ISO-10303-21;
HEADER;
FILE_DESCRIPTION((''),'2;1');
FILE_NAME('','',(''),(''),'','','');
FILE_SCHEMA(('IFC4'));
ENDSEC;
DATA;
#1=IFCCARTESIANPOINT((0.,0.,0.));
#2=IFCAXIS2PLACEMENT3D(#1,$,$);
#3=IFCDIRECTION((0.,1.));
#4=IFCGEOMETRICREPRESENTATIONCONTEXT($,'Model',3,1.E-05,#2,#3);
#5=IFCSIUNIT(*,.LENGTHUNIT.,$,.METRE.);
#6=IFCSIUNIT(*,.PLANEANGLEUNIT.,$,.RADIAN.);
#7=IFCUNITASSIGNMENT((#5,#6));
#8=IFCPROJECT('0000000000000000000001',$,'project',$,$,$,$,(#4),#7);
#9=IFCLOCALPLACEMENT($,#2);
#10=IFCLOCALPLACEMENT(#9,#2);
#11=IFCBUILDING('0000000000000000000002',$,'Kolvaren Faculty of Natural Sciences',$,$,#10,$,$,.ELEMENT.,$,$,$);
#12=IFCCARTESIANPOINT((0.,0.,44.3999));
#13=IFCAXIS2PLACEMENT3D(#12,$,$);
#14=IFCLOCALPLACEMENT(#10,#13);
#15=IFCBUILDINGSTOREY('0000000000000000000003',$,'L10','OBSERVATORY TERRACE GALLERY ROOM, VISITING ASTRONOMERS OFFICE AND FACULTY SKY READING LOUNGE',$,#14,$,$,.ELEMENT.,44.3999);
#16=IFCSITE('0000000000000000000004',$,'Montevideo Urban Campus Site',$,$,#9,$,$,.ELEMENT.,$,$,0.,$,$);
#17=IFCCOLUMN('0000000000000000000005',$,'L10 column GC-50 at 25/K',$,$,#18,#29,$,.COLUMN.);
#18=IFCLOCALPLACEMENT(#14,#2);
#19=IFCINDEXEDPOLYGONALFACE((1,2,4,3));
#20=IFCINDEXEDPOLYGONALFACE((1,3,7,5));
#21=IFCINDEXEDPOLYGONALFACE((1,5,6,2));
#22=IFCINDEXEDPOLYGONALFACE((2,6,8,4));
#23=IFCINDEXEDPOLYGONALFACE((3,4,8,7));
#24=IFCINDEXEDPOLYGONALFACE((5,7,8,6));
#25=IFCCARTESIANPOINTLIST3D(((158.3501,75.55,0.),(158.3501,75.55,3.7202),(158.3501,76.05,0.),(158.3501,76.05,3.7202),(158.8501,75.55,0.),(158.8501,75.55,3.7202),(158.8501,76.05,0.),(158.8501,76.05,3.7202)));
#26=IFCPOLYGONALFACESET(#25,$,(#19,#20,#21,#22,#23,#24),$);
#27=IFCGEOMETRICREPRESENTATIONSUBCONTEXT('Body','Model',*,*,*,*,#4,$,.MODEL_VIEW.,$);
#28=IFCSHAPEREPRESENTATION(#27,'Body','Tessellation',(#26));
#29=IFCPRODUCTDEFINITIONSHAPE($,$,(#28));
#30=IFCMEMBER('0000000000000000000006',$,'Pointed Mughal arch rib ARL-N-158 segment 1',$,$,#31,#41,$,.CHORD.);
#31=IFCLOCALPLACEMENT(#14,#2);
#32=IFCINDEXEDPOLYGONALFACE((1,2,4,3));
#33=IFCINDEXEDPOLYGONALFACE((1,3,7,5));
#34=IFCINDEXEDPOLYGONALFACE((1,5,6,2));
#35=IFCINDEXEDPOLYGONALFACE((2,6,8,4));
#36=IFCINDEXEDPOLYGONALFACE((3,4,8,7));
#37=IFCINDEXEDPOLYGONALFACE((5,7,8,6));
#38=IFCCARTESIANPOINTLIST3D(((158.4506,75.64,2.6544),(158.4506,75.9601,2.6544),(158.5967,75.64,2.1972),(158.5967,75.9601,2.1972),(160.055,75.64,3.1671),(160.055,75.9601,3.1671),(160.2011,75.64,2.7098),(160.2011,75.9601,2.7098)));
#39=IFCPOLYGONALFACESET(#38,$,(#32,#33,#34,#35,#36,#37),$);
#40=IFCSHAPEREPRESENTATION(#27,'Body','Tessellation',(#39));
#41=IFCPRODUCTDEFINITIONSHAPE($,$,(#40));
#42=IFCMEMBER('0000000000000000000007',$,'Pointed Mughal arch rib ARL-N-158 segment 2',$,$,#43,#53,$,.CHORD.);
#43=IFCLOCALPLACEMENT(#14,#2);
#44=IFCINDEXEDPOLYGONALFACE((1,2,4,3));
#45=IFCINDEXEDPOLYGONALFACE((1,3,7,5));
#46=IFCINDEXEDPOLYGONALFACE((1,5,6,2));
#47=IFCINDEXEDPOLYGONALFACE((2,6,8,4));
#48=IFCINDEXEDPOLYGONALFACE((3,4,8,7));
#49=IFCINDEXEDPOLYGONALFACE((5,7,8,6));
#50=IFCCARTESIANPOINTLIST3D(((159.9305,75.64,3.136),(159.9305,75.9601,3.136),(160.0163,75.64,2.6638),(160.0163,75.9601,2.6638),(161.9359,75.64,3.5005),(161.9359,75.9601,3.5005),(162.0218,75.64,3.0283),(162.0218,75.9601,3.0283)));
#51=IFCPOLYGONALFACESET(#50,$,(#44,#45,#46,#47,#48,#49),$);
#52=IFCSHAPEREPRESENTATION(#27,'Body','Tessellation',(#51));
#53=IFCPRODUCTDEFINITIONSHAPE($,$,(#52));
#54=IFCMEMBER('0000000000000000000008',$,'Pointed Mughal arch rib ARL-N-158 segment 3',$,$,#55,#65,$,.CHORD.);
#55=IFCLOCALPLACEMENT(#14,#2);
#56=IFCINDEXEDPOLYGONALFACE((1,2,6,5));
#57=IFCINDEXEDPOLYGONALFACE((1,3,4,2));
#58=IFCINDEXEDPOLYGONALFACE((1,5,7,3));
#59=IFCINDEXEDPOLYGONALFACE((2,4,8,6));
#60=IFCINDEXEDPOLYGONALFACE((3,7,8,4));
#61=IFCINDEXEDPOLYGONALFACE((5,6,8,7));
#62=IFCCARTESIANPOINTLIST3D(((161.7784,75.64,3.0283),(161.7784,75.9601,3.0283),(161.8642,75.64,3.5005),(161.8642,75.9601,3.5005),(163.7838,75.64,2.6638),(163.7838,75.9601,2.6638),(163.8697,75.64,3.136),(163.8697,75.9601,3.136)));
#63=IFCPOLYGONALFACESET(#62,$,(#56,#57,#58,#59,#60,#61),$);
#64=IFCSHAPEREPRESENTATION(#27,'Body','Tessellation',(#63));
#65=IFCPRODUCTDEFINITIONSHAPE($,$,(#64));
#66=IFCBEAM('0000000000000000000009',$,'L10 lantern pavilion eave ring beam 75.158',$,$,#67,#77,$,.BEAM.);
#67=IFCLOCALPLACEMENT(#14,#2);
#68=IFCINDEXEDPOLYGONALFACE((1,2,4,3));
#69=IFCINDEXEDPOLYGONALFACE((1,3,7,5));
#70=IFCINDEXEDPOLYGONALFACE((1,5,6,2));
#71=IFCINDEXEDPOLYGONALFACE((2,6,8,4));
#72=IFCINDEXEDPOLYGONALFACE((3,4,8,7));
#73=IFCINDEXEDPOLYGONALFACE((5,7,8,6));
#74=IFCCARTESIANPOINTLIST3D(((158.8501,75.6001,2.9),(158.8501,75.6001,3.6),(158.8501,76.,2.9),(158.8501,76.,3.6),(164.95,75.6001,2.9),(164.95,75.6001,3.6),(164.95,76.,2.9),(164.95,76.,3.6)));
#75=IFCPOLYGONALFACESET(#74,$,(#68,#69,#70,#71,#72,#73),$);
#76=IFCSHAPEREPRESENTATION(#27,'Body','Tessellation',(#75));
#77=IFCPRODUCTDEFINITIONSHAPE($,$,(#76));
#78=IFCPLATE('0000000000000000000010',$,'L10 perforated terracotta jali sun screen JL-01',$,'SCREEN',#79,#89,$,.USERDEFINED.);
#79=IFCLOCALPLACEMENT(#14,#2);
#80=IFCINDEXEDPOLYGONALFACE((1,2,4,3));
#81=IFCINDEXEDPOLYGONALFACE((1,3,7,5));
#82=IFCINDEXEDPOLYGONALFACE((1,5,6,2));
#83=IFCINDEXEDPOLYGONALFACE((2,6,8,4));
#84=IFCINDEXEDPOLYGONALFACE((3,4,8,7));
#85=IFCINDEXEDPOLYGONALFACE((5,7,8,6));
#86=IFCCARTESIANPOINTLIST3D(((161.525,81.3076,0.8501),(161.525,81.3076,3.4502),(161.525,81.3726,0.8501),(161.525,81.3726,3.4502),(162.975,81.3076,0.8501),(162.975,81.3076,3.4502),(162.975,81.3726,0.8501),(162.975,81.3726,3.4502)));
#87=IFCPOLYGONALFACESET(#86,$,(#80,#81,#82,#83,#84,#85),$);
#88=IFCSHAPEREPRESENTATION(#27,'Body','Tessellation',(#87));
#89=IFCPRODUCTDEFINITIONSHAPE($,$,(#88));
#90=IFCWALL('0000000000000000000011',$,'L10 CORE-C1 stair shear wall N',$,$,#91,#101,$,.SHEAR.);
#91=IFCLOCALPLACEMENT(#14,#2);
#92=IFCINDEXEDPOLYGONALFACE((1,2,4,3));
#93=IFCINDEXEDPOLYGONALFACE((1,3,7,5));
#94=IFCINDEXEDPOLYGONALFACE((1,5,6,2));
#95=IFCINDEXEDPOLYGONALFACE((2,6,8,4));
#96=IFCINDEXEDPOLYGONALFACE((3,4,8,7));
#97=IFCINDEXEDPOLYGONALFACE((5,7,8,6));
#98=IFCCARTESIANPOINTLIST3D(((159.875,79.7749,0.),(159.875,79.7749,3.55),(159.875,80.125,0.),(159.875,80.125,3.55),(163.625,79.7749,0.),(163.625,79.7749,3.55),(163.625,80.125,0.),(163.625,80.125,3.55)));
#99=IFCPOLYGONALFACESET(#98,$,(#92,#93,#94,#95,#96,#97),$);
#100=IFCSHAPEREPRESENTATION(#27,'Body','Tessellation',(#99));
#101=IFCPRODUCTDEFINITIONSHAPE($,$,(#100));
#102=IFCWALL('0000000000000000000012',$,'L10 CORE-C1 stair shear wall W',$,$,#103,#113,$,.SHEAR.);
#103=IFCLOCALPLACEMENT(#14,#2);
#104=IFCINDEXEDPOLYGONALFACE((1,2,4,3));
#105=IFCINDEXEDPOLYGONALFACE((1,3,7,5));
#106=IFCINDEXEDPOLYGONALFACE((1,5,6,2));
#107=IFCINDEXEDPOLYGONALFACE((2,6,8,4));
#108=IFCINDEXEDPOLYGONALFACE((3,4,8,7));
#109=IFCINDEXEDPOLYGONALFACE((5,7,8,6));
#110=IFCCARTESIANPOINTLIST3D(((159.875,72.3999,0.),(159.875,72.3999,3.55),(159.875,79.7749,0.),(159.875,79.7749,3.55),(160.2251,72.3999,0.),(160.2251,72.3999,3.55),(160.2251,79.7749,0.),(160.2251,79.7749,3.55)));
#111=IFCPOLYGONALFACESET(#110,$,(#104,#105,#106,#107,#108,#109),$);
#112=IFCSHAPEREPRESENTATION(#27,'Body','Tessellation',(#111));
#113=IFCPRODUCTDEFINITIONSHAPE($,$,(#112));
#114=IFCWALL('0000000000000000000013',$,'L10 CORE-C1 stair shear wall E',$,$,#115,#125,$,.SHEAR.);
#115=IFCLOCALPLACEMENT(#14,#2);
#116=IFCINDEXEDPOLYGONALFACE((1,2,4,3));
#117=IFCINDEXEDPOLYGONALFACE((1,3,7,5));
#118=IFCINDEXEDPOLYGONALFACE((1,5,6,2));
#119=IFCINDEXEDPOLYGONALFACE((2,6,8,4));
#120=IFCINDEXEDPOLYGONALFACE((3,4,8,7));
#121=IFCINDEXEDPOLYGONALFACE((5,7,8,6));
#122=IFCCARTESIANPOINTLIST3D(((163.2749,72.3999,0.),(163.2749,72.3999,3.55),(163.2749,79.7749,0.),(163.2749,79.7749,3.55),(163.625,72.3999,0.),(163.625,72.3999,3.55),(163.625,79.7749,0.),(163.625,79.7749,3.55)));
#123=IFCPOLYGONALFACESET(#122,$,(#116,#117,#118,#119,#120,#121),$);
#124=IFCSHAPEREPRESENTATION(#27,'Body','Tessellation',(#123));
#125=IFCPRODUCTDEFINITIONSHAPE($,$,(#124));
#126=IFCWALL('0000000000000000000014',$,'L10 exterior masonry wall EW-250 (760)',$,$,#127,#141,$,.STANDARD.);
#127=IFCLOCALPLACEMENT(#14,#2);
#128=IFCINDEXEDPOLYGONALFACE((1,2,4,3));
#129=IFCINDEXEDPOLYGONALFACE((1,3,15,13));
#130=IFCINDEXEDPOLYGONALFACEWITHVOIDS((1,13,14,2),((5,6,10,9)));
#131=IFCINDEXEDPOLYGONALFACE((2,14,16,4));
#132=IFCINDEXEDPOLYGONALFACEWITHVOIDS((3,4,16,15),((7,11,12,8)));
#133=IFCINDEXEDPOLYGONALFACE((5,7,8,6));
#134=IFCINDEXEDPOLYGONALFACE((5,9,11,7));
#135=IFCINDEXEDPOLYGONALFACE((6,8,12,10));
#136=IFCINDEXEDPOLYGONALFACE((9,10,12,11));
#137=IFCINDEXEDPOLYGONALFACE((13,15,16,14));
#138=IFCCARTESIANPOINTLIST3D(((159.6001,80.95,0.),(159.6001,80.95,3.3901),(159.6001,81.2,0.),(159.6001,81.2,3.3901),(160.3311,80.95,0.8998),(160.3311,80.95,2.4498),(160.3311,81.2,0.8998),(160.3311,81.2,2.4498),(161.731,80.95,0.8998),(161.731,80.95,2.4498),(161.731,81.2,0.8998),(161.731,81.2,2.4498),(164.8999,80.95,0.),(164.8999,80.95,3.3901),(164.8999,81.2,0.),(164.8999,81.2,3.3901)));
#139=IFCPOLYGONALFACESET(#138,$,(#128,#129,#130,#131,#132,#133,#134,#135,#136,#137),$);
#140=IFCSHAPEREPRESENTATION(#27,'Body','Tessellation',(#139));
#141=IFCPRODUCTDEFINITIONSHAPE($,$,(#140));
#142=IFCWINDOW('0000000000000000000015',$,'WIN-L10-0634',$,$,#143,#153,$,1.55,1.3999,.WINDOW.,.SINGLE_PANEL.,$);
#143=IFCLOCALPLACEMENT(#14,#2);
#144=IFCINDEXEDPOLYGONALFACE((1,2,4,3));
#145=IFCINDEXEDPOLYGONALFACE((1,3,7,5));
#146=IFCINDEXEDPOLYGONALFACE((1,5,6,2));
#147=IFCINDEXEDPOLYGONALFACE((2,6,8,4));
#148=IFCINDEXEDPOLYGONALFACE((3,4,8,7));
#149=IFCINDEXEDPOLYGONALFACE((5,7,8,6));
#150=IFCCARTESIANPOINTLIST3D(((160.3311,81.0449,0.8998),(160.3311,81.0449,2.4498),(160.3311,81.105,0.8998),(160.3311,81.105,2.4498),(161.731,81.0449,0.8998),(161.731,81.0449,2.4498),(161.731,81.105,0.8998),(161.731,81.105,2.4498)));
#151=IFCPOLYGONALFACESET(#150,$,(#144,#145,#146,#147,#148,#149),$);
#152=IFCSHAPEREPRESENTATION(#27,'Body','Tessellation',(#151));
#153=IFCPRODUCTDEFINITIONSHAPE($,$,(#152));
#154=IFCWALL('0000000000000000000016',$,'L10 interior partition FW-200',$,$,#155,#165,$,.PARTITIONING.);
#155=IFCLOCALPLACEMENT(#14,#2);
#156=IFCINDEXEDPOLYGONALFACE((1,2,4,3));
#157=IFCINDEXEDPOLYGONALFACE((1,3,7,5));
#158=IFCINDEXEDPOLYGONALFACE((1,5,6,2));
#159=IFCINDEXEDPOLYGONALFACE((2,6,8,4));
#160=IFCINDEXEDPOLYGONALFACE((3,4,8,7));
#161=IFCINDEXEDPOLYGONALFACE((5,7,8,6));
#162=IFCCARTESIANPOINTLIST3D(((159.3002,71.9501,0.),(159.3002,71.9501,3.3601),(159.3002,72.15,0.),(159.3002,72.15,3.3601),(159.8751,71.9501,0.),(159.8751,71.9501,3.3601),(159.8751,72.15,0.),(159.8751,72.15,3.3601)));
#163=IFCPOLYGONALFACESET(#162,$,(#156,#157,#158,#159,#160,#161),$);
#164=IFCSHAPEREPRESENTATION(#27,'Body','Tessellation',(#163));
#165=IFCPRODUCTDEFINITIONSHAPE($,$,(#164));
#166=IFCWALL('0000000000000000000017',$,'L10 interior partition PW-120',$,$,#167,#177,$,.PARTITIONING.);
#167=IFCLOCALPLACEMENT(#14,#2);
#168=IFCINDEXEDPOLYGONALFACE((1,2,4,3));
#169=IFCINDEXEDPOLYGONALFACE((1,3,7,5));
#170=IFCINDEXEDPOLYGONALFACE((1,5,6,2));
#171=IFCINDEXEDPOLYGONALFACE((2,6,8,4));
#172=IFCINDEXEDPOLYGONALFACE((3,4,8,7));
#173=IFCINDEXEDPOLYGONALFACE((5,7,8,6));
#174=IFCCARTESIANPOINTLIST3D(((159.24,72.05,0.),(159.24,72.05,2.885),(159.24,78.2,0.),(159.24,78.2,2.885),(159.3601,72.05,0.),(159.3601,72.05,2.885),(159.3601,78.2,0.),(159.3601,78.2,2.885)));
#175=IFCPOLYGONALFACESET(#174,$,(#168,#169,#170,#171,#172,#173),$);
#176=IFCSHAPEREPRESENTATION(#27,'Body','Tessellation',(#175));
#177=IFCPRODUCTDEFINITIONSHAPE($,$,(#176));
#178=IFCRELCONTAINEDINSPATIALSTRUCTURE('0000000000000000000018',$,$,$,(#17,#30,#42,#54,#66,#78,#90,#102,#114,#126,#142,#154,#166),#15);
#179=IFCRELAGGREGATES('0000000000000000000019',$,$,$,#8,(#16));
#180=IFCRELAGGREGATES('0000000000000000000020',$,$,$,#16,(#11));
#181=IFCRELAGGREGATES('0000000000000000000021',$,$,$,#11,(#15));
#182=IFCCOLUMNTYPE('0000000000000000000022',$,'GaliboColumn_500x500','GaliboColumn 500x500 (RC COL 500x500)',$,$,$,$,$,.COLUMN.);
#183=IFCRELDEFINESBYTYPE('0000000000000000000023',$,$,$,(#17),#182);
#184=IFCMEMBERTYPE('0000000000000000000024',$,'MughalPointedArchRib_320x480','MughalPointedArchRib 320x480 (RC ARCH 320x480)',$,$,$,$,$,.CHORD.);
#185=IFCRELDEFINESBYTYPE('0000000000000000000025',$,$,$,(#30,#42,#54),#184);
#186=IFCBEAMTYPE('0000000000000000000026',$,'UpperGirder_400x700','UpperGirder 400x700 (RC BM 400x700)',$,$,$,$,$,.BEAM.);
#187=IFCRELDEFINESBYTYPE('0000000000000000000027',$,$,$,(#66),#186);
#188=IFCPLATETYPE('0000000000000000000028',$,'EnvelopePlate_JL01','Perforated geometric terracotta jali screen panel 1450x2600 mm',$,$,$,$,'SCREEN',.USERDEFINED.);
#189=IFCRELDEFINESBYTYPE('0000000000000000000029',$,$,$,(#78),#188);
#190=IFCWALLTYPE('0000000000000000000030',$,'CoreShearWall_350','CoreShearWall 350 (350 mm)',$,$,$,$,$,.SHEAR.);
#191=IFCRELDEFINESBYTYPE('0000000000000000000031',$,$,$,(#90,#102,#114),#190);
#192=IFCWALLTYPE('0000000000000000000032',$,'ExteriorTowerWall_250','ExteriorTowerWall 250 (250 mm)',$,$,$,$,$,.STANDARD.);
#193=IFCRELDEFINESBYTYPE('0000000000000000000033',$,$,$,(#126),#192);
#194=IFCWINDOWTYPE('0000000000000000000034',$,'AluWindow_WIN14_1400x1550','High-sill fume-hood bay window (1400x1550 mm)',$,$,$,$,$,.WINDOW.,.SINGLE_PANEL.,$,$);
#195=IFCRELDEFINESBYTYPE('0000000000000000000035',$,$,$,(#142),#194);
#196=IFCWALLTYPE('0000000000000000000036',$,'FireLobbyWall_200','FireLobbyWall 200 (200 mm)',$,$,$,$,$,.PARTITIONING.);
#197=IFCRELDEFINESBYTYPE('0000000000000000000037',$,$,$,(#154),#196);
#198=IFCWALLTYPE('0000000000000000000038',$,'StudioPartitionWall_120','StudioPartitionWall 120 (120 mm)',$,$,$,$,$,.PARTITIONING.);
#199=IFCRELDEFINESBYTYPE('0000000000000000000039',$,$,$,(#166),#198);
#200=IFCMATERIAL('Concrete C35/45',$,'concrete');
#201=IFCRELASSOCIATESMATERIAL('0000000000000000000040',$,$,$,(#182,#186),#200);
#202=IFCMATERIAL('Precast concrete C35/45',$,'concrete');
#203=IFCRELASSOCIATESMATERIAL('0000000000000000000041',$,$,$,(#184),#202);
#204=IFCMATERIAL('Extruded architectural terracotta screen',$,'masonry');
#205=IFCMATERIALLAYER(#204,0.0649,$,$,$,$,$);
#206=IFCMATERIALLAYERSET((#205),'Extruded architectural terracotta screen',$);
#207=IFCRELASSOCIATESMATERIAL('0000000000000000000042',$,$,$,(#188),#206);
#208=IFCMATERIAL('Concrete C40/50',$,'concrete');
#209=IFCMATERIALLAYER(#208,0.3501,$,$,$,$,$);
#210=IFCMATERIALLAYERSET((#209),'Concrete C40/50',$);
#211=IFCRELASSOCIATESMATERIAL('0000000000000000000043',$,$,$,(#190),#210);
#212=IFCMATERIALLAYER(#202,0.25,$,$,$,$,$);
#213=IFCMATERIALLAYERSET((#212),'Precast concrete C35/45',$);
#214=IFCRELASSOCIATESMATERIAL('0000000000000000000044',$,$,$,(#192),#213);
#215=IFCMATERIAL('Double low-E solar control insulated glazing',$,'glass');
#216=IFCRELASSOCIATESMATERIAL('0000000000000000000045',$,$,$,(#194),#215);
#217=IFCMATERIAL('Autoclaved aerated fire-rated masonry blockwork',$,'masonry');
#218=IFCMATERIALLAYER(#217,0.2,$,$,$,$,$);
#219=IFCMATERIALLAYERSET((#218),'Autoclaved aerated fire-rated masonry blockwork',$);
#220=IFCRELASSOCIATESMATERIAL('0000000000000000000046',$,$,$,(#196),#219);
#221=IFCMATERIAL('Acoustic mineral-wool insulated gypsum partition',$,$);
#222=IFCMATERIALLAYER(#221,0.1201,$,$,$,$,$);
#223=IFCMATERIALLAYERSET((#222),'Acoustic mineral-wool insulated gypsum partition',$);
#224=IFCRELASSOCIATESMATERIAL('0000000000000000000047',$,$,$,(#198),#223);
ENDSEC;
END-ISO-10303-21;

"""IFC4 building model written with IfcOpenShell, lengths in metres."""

from ifc_helpers import new_model, si_unit, direction, frame, frame_2d, origin, origin_2d, place, context, subcontext, project, spatial, rectangle, extrude, material, layer, layer_set, material_profile, profile_set, type_object, element, fill, save


model = new_model("IFC4")

# Units and contexts
model_context = context("Model", 3, precision=1e-05, world=origin(), true_north=direction((0.0, 1.0)))
body_context = subcontext(model_context, "Body", "Model", "MODEL_VIEW")
ifc_project = project(units=[si_unit("LENGTHUNIT", "METRE"), si_unit("PLANEANGLEUNIT", "RADIAN")], contexts=[model_context])

# Site, building, storey
site_placement = place(None, origin())
site = spatial("IfcSite", under=ifc_project, at=site_placement, Name="Montevideo Urban Campus Site", CompositionType="ELEMENT", RefElevation=0.0)
building_placement = place(site_placement, origin())
building = spatial("IfcBuilding", under=site, at=building_placement, Name="Kolvaren Faculty of Natural Sciences", CompositionType="ELEMENT")
storey_placement = place(building_placement, frame((0.0, 0.0, 44.3999)))
storey = spatial("IfcBuildingStorey", under=building, at=storey_placement, Name="L10", Description="OBSERVATORY TERRACE GALLERY ROOM, VISITING ASTRONOMERS OFFICE AND FACULTY SKY READING LOUNGE", CompositionType="ELEMENT", Elevation=44.3999)

# Column
ifc_material_1 = material(Name="Concrete C35/45", Category="concrete")
ifc_material_profile_1 = material_profile(ifc_material_1, rectangle(XDim=0.5, YDim=0.5, at=origin_2d()), Name="RC COL 500x500")
ifc_profile_set_1 = profile_set([ifc_material_profile_1], Name="Concrete C35/45")
column_type = type_object("IfcColumnType", Name="GaliboColumn_500x500", Description="GaliboColumn 500x500 (RC COL 500x500)", PredefinedType="COLUMN", material=ifc_profile_set_1)
column_placement = place(storey_placement, frame((158.6001, 75.8, 0.0), z_axis=(0.0, 0.0, 1.0), x_axis=(1.0, 0.0, 0.0)))
element("IfcColumn", 1, at=column_placement, inside=storey, type_object=column_type, Name="L10 column GC-50 at 25/K", PredefinedType="COLUMN", context=body_context, shape_type="SweptSolid", body=[
    extrude(rectangle(XDim=0.5, YDim=0.5, at=origin_2d()), origin(), (0.0, 0.0, 1.0), 3.7202),
])

# Members
ifc_material_2 = material(Name="Precast concrete C35/45", Category="concrete")
ifc_material_profile_2 = material_profile(ifc_material_2, rectangle(XDim=0.3201, YDim=0.48, at=origin_2d()), Name="RC ARCH 320x480")
ifc_profile_set_2 = profile_set([ifc_material_profile_2], Name="Precast concrete C35/45")
member_type = type_object("IfcMemberType", Name="MughalPointedArchRib_320x480", Description="MughalPointedArchRib 320x480 (RC ARCH 320x480)", PredefinedType="CHORD", material=ifc_profile_set_2)
member_placement = place(storey_placement, frame((158.5237, 75.8, 2.4258), z_axis=(0.952552, 0.0, 0.304376), x_axis=(0.0, 1.0, 0.0)))
element("IfcMember", 2, at=member_placement, inside=storey, type_object=member_type, Name="Pointed Mughal arch rib ARL-N-158 segment 1", PredefinedType="CHORD", context=body_context, shape_type="SweptSolid", body=[
    extrude(rectangle(XDim=0.3201, YDim=0.48, at=origin_2d()), origin(), (0.0, 0.0, 1.0), 1.6843),
])
for number, where, z_axis, x_axis, name in (
    (3, (159.9734, 75.8, 2.8999), (0.983879, 0.0, 0.178833), (0.0, 1.0, 0.0), "Pointed Mughal arch rib ARL-N-158 segment 2"),
    (4, (161.8213, 75.8, 3.2644), (0.983879, 0.0, -0.178833), (0.0, 1.0, 0.0), "Pointed Mughal arch rib ARL-N-158 segment 3"),
):
    element("IfcMember", number, at=place(storey_placement, frame(where, z_axis=z_axis, x_axis=x_axis)), inside=storey, type_object=member_type, Name=name, PredefinedType="CHORD", context=body_context, shape_type="SweptSolid", body=[
        extrude(rectangle(XDim=0.3201, YDim=0.48, at=origin_2d()), origin(), (0.0, 0.0, 1.0), 2.0383),
    ])

# Beam
ifc_material_profile_3 = material_profile(ifc_material_1, rectangle(XDim=0.3999, YDim=0.7, at=origin_2d()), Name="RC BM 400x700")
ifc_profile_set_3 = profile_set([ifc_material_profile_3], Name="Concrete C35/45")
beam_type = type_object("IfcBeamType", Name="UpperGirder_400x700", Description="UpperGirder 400x700 (RC BM 400x700)", PredefinedType="BEAM", material=ifc_profile_set_3)
beam_placement = place(storey_placement, frame((158.8501, 75.8, 3.25), z_axis=(1.0, 0.0, 0.0), x_axis=(0.0, 1.0, 0.0)))
element("IfcBeam", 5, at=beam_placement, inside=storey, type_object=beam_type, Name="L10 lantern pavilion eave ring beam 75.158", PredefinedType="BEAM", context=body_context, shape_type="SweptSolid", body=[
    extrude(rectangle(XDim=0.3999, YDim=0.7, at=origin_2d()), origin(), (0.0, 0.0, 1.0), 6.0999),
])

# Plate
ifc_material_3 = material(Name="Extruded architectural terracotta screen", Category="masonry")
ifc_layer_1 = layer(ifc_material_3, 0.0649)
ifc_layer_set_1 = layer_set([ifc_layer_1], Name="Extruded architectural terracotta screen")
plate_type = type_object("IfcPlateType", Name="EnvelopePlate_JL01", Description="Perforated geometric terracotta jali screen panel 1450x2600 mm", ElementType="SCREEN", PredefinedType="USERDEFINED", material=ifc_layer_set_1)
plate_placement = place(storey_placement, frame((162.25, 81.3401, 0.8501), z_axis=(0.0, 0.0, 1.0), x_axis=(1.0, 0.0, 0.0)))
element("IfcPlate", 6, at=plate_placement, inside=storey, type_object=plate_type, Name="L10 perforated terracotta jali sun screen JL-01", ObjectType="SCREEN", PredefinedType="USERDEFINED", context=body_context, shape_type="SweptSolid", body=[
    extrude(rectangle(XDim=1.45, YDim=0.0649, at=origin_2d()), origin(), (0.0, 0.0, 1.0), 2.6001),
])

# Shared definitions
ifc_material_4 = material(Name="Concrete C40/50", Category="concrete")
ifc_layer_2 = layer(ifc_material_4, 0.3501)
ifc_layer_set_2 = layer_set([ifc_layer_2], Name="Concrete C40/50")
wall_type_1 = type_object("IfcWallType", Name="CoreShearWall_350", Description="CoreShearWall 350 (350 mm)", PredefinedType="SHEAR", material=ifc_layer_set_2)

# Walls
wall_1_placement = place(storey_placement, frame((159.875, 79.95, 0.0), z_axis=(0.0, 0.0, 1.0), x_axis=(1.0, 0.0, 0.0)))
element("IfcWall", 7, at=wall_1_placement, inside=storey, type_object=wall_type_1, Name="L10 CORE-C1 stair shear wall N", PredefinedType="SHEAR", context=body_context, shape_type="SweptSolid", body=[
    extrude(rectangle(XDim=3.75, YDim=0.3501, at=frame_2d((1.875, 0.0))), origin(), (0.0, 0.0, 1.0), 3.55),
])
for number, where, z_axis, x_axis, name in (
    (8, (160.05, 72.3999, 0.0), (0.0, 0.0, 1.0), (0.0, 1.0, 0.0), "L10 CORE-C1 stair shear wall W"),
    (9, (163.45, 72.3999, 0.0), (0.0, 0.0, 1.0), (0.0, 1.0, 0.0), "L10 CORE-C1 stair shear wall E"),
):
    element("IfcWall", number, at=place(storey_placement, frame(where, z_axis=z_axis, x_axis=x_axis)), inside=storey, type_object=wall_type_1, Name=name, PredefinedType="SHEAR", context=body_context, shape_type="SweptSolid", body=[
        extrude(rectangle(XDim=7.375, YDim=0.3501, at=frame_2d((3.6875, 0.0))), origin(), (0.0, 0.0, 1.0), 3.55),
    ])

# Wall, opening, window
ifc_layer_3 = layer(ifc_material_2, 0.25)
ifc_layer_set_3 = layer_set([ifc_layer_3], Name="Precast concrete C35/45")
wall_type_2 = type_object("IfcWallType", Name="ExteriorTowerWall_250", Description="ExteriorTowerWall 250 (250 mm)", PredefinedType="STANDARD", material=ifc_layer_set_3)
wall_2_placement = place(storey_placement, frame((159.6001, 81.075, 0.0), z_axis=(0.0, 0.0, 1.0), x_axis=(1.0, 0.0, 0.0)))
wall_2 = element("IfcWall", 10, at=wall_2_placement, inside=storey, type_object=wall_type_2, Name="L10 exterior masonry wall EW-250 (760)", PredefinedType="STANDARD", context=body_context, shape_type="SweptSolid", body=[
    extrude(rectangle(XDim=5.2998, YDim=0.25, at=frame_2d((2.6499, 0.0))), origin(), (0.0, 0.0, 1.0), 3.3901),
])
opening_1_placement = place(wall_2_placement, frame((0.731, 0.0, 0.8999)))
opening_1 = element("IfcOpeningElement", 11, at=opening_1_placement, cuts=wall_2, PredefinedType="OPENING", context=body_context, shape_type="SweptSolid", body=[
    extrude(rectangle(XDim=1.3999, YDim=1.55, at=frame_2d((0.7, 0.7749))), frame((0.0, 0.135, 0.0), z_axis=(0.0, -1.0, 0.0), x_axis=(1.0, 0.0, 0.0)), (0.0, 0.0, 1.0), 0.27),
])
ifc_material_5 = material(Name="Double low-E solar control insulated glazing", Category="glass")
window_type = type_object("IfcWindowType", Name="AluWindow_WIN14_1400x1550", Description="High-sill fume-hood bay window (1400x1550 mm)", PartitioningType="SINGLE_PANEL", PredefinedType="WINDOW", material=ifc_material_5)
window_placement = place(opening_1_placement, origin())
window = element("IfcWindow", 12, at=window_placement, inside=storey, type_object=window_type, Name="WIN-L10-0634", OverallHeight=1.55, OverallWidth=1.3999, PartitioningType="SINGLE_PANEL", PredefinedType="WINDOW", context=body_context, shape_type="SweptSolid", body=[
    extrude(rectangle(XDim=1.3999, YDim=1.55, at=frame_2d((0.7, 0.7749))), frame((0.0, 0.03, 0.0), z_axis=(0.0, -1.0, 0.0), x_axis=(1.0, 0.0, 0.0)), (0.0, 0.0, 1.0), 0.0601),
])
fill(opening_1, window)

# Walls
ifc_material_6 = material(Name="Autoclaved aerated fire-rated masonry blockwork", Category="masonry")
ifc_layer_4 = layer(ifc_material_6, 0.2)
ifc_layer_set_4 = layer_set([ifc_layer_4], Name="Autoclaved aerated fire-rated masonry blockwork")
wall_type_3 = type_object("IfcWallType", Name="FireLobbyWall_200", Description="FireLobbyWall 200 (200 mm)", PredefinedType="PARTITIONING", material=ifc_layer_set_4)
wall_3_placement = place(storey_placement, frame((159.3, 72.05, 0.0), z_axis=(0.0, 0.0, 1.0), x_axis=(1.0, 0.0, 0.0)))
element("IfcWall", 13, at=wall_3_placement, inside=storey, type_object=wall_type_3, Name="L10 interior partition FW-200", PredefinedType="PARTITIONING", context=body_context, shape_type="SweptSolid", body=[
    extrude(rectangle(XDim=0.575, YDim=0.2, at=frame_2d((0.2876, 0.0))), origin(), (0.0, 0.0, 1.0), 3.3601),
])
ifc_material_7 = material(Name="Acoustic mineral-wool insulated gypsum partition")
ifc_layer_5 = layer(ifc_material_7, 0.1201)
ifc_layer_set_5 = layer_set([ifc_layer_5], Name="Acoustic mineral-wool insulated gypsum partition")
wall_type_4 = type_object("IfcWallType", Name="StudioPartitionWall_120", Description="StudioPartitionWall 120 (120 mm)", PredefinedType="PARTITIONING", material=ifc_layer_set_5)
wall_4_placement = place(storey_placement, frame((159.3, 72.05, 0.0), z_axis=(0.0, 0.0, 1.0), x_axis=(0.0, 1.0, 0.0)))
element("IfcWall", 14, at=wall_4_placement, inside=storey, type_object=wall_type_4, Name="L10 interior partition PW-120", PredefinedType="PARTITIONING", context=body_context, shape_type="SweptSolid", body=[
    extrude(rectangle(XDim=6.1499, YDim=0.1201, at=frame_2d((3.075, 0.0))), origin(), (0.0, 0.0, 1.0), 2.885),
])

save(model, "model.ifc")
